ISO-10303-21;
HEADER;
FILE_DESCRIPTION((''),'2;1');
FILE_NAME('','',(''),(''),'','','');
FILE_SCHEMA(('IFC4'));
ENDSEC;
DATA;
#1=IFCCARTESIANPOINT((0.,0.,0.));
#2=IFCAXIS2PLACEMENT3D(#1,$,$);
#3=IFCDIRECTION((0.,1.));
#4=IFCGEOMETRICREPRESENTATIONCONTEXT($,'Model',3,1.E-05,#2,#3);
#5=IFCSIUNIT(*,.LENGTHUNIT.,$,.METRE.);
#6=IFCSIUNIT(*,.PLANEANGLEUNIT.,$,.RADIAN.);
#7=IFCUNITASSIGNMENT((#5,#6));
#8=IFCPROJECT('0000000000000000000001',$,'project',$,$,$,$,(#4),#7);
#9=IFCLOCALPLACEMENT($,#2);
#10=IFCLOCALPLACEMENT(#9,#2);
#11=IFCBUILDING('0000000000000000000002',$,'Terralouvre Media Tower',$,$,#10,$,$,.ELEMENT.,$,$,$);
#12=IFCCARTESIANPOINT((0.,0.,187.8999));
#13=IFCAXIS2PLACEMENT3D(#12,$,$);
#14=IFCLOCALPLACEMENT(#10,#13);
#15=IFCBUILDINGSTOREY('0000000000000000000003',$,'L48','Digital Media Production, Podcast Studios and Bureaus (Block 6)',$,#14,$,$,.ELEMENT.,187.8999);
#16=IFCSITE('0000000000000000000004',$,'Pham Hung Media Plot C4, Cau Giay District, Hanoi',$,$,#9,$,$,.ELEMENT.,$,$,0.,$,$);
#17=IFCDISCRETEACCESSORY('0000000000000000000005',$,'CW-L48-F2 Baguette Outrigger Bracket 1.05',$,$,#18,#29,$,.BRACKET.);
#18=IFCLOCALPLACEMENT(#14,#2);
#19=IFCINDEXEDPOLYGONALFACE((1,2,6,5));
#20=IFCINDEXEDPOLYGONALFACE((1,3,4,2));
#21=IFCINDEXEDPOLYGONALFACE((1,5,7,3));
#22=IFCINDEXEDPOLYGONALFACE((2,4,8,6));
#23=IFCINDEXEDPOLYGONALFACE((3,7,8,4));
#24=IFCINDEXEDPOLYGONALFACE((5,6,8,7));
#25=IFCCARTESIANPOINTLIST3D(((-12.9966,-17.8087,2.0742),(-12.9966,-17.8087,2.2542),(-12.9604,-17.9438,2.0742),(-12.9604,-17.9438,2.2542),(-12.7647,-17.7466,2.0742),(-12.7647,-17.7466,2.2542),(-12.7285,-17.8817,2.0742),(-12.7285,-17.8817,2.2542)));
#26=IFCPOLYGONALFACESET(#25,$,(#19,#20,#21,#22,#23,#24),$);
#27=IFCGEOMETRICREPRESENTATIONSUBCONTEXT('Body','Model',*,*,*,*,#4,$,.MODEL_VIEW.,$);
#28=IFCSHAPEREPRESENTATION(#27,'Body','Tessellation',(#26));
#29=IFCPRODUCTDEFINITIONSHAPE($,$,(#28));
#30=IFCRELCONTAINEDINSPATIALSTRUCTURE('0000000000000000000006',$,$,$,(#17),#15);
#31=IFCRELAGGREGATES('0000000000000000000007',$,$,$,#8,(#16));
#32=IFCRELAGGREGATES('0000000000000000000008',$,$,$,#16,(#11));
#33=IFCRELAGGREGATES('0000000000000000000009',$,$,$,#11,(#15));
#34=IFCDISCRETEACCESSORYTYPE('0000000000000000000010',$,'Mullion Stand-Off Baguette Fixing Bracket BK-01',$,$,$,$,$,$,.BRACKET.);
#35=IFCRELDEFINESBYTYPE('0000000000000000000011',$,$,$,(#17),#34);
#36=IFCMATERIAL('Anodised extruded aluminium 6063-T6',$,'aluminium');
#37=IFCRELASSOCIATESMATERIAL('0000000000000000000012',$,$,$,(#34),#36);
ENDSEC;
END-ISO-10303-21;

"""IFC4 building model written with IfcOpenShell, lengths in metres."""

from ifc_helpers import new_model, si_unit, direction, frame, origin, origin_2d, place, context, subcontext, project, spatial, rectangle, extrude, material, type_object, element, save


model = new_model("IFC4")

# Units and contexts
model_context = context("Model", 3, precision=1e-05, world=origin(), true_north=direction((0.0, 1.0)))
body_context = subcontext(model_context, "Body", "Model", "MODEL_VIEW")
ifc_project = project(units=[si_unit("LENGTHUNIT", "METRE"), si_unit("PLANEANGLEUNIT", "RADIAN")], contexts=[model_context])

# Site, building, storey
site_placement = place(None, origin())
site = spatial("IfcSite", under=ifc_project, at=site_placement, Name="Pham Hung Media Plot C4, Cau Giay District, Hanoi", CompositionType="ELEMENT", RefElevation=0.0)
building_placement = place(site_placement, origin())
building = spatial("IfcBuilding", under=site, at=building_placement, Name="Terralouvre Media Tower", CompositionType="ELEMENT")
storey_placement = place(building_placement, frame((0.0, 0.0, 187.8999)))
storey = spatial("IfcBuildingStorey", under=building, at=storey_placement, Name="L48", Description="Digital Media Production, Podcast Studios and Bureaus (Block 6)", CompositionType="ELEMENT", Elevation=187.8999)

# Discrete accessory
ifc_material_1 = material(Name="Anodised extruded aluminium 6063-T6", Category="aluminium")
discrete_accessory_type = type_object("IfcDiscreteAccessoryType", Name="Mullion Stand-Off Baguette Fixing Bracket BK-01", PredefinedType="BRACKET", material=ifc_material_1)
discrete_accessory_placement = place(storey_placement, frame((-12.8625, -17.8452, 2.0742), z_axis=(0.0, 0.0, 1.0), x_axis=(0.258819, -0.965926, 0.0)))
element("IfcDiscreteAccessory", 1, at=discrete_accessory_placement, inside=storey, type_object=discrete_accessory_type, Name="CW-L48-F2 Baguette Outrigger Bracket 1.05", PredefinedType="BRACKET", context=body_context, shape_type="SweptSolid", body=[
    extrude(rectangle(XDim=0.1399, YDim=0.24, at=origin_2d()), origin(), (0.0, 0.0, 1.0), 0.1799),
])

save(model, "model.ifc")
